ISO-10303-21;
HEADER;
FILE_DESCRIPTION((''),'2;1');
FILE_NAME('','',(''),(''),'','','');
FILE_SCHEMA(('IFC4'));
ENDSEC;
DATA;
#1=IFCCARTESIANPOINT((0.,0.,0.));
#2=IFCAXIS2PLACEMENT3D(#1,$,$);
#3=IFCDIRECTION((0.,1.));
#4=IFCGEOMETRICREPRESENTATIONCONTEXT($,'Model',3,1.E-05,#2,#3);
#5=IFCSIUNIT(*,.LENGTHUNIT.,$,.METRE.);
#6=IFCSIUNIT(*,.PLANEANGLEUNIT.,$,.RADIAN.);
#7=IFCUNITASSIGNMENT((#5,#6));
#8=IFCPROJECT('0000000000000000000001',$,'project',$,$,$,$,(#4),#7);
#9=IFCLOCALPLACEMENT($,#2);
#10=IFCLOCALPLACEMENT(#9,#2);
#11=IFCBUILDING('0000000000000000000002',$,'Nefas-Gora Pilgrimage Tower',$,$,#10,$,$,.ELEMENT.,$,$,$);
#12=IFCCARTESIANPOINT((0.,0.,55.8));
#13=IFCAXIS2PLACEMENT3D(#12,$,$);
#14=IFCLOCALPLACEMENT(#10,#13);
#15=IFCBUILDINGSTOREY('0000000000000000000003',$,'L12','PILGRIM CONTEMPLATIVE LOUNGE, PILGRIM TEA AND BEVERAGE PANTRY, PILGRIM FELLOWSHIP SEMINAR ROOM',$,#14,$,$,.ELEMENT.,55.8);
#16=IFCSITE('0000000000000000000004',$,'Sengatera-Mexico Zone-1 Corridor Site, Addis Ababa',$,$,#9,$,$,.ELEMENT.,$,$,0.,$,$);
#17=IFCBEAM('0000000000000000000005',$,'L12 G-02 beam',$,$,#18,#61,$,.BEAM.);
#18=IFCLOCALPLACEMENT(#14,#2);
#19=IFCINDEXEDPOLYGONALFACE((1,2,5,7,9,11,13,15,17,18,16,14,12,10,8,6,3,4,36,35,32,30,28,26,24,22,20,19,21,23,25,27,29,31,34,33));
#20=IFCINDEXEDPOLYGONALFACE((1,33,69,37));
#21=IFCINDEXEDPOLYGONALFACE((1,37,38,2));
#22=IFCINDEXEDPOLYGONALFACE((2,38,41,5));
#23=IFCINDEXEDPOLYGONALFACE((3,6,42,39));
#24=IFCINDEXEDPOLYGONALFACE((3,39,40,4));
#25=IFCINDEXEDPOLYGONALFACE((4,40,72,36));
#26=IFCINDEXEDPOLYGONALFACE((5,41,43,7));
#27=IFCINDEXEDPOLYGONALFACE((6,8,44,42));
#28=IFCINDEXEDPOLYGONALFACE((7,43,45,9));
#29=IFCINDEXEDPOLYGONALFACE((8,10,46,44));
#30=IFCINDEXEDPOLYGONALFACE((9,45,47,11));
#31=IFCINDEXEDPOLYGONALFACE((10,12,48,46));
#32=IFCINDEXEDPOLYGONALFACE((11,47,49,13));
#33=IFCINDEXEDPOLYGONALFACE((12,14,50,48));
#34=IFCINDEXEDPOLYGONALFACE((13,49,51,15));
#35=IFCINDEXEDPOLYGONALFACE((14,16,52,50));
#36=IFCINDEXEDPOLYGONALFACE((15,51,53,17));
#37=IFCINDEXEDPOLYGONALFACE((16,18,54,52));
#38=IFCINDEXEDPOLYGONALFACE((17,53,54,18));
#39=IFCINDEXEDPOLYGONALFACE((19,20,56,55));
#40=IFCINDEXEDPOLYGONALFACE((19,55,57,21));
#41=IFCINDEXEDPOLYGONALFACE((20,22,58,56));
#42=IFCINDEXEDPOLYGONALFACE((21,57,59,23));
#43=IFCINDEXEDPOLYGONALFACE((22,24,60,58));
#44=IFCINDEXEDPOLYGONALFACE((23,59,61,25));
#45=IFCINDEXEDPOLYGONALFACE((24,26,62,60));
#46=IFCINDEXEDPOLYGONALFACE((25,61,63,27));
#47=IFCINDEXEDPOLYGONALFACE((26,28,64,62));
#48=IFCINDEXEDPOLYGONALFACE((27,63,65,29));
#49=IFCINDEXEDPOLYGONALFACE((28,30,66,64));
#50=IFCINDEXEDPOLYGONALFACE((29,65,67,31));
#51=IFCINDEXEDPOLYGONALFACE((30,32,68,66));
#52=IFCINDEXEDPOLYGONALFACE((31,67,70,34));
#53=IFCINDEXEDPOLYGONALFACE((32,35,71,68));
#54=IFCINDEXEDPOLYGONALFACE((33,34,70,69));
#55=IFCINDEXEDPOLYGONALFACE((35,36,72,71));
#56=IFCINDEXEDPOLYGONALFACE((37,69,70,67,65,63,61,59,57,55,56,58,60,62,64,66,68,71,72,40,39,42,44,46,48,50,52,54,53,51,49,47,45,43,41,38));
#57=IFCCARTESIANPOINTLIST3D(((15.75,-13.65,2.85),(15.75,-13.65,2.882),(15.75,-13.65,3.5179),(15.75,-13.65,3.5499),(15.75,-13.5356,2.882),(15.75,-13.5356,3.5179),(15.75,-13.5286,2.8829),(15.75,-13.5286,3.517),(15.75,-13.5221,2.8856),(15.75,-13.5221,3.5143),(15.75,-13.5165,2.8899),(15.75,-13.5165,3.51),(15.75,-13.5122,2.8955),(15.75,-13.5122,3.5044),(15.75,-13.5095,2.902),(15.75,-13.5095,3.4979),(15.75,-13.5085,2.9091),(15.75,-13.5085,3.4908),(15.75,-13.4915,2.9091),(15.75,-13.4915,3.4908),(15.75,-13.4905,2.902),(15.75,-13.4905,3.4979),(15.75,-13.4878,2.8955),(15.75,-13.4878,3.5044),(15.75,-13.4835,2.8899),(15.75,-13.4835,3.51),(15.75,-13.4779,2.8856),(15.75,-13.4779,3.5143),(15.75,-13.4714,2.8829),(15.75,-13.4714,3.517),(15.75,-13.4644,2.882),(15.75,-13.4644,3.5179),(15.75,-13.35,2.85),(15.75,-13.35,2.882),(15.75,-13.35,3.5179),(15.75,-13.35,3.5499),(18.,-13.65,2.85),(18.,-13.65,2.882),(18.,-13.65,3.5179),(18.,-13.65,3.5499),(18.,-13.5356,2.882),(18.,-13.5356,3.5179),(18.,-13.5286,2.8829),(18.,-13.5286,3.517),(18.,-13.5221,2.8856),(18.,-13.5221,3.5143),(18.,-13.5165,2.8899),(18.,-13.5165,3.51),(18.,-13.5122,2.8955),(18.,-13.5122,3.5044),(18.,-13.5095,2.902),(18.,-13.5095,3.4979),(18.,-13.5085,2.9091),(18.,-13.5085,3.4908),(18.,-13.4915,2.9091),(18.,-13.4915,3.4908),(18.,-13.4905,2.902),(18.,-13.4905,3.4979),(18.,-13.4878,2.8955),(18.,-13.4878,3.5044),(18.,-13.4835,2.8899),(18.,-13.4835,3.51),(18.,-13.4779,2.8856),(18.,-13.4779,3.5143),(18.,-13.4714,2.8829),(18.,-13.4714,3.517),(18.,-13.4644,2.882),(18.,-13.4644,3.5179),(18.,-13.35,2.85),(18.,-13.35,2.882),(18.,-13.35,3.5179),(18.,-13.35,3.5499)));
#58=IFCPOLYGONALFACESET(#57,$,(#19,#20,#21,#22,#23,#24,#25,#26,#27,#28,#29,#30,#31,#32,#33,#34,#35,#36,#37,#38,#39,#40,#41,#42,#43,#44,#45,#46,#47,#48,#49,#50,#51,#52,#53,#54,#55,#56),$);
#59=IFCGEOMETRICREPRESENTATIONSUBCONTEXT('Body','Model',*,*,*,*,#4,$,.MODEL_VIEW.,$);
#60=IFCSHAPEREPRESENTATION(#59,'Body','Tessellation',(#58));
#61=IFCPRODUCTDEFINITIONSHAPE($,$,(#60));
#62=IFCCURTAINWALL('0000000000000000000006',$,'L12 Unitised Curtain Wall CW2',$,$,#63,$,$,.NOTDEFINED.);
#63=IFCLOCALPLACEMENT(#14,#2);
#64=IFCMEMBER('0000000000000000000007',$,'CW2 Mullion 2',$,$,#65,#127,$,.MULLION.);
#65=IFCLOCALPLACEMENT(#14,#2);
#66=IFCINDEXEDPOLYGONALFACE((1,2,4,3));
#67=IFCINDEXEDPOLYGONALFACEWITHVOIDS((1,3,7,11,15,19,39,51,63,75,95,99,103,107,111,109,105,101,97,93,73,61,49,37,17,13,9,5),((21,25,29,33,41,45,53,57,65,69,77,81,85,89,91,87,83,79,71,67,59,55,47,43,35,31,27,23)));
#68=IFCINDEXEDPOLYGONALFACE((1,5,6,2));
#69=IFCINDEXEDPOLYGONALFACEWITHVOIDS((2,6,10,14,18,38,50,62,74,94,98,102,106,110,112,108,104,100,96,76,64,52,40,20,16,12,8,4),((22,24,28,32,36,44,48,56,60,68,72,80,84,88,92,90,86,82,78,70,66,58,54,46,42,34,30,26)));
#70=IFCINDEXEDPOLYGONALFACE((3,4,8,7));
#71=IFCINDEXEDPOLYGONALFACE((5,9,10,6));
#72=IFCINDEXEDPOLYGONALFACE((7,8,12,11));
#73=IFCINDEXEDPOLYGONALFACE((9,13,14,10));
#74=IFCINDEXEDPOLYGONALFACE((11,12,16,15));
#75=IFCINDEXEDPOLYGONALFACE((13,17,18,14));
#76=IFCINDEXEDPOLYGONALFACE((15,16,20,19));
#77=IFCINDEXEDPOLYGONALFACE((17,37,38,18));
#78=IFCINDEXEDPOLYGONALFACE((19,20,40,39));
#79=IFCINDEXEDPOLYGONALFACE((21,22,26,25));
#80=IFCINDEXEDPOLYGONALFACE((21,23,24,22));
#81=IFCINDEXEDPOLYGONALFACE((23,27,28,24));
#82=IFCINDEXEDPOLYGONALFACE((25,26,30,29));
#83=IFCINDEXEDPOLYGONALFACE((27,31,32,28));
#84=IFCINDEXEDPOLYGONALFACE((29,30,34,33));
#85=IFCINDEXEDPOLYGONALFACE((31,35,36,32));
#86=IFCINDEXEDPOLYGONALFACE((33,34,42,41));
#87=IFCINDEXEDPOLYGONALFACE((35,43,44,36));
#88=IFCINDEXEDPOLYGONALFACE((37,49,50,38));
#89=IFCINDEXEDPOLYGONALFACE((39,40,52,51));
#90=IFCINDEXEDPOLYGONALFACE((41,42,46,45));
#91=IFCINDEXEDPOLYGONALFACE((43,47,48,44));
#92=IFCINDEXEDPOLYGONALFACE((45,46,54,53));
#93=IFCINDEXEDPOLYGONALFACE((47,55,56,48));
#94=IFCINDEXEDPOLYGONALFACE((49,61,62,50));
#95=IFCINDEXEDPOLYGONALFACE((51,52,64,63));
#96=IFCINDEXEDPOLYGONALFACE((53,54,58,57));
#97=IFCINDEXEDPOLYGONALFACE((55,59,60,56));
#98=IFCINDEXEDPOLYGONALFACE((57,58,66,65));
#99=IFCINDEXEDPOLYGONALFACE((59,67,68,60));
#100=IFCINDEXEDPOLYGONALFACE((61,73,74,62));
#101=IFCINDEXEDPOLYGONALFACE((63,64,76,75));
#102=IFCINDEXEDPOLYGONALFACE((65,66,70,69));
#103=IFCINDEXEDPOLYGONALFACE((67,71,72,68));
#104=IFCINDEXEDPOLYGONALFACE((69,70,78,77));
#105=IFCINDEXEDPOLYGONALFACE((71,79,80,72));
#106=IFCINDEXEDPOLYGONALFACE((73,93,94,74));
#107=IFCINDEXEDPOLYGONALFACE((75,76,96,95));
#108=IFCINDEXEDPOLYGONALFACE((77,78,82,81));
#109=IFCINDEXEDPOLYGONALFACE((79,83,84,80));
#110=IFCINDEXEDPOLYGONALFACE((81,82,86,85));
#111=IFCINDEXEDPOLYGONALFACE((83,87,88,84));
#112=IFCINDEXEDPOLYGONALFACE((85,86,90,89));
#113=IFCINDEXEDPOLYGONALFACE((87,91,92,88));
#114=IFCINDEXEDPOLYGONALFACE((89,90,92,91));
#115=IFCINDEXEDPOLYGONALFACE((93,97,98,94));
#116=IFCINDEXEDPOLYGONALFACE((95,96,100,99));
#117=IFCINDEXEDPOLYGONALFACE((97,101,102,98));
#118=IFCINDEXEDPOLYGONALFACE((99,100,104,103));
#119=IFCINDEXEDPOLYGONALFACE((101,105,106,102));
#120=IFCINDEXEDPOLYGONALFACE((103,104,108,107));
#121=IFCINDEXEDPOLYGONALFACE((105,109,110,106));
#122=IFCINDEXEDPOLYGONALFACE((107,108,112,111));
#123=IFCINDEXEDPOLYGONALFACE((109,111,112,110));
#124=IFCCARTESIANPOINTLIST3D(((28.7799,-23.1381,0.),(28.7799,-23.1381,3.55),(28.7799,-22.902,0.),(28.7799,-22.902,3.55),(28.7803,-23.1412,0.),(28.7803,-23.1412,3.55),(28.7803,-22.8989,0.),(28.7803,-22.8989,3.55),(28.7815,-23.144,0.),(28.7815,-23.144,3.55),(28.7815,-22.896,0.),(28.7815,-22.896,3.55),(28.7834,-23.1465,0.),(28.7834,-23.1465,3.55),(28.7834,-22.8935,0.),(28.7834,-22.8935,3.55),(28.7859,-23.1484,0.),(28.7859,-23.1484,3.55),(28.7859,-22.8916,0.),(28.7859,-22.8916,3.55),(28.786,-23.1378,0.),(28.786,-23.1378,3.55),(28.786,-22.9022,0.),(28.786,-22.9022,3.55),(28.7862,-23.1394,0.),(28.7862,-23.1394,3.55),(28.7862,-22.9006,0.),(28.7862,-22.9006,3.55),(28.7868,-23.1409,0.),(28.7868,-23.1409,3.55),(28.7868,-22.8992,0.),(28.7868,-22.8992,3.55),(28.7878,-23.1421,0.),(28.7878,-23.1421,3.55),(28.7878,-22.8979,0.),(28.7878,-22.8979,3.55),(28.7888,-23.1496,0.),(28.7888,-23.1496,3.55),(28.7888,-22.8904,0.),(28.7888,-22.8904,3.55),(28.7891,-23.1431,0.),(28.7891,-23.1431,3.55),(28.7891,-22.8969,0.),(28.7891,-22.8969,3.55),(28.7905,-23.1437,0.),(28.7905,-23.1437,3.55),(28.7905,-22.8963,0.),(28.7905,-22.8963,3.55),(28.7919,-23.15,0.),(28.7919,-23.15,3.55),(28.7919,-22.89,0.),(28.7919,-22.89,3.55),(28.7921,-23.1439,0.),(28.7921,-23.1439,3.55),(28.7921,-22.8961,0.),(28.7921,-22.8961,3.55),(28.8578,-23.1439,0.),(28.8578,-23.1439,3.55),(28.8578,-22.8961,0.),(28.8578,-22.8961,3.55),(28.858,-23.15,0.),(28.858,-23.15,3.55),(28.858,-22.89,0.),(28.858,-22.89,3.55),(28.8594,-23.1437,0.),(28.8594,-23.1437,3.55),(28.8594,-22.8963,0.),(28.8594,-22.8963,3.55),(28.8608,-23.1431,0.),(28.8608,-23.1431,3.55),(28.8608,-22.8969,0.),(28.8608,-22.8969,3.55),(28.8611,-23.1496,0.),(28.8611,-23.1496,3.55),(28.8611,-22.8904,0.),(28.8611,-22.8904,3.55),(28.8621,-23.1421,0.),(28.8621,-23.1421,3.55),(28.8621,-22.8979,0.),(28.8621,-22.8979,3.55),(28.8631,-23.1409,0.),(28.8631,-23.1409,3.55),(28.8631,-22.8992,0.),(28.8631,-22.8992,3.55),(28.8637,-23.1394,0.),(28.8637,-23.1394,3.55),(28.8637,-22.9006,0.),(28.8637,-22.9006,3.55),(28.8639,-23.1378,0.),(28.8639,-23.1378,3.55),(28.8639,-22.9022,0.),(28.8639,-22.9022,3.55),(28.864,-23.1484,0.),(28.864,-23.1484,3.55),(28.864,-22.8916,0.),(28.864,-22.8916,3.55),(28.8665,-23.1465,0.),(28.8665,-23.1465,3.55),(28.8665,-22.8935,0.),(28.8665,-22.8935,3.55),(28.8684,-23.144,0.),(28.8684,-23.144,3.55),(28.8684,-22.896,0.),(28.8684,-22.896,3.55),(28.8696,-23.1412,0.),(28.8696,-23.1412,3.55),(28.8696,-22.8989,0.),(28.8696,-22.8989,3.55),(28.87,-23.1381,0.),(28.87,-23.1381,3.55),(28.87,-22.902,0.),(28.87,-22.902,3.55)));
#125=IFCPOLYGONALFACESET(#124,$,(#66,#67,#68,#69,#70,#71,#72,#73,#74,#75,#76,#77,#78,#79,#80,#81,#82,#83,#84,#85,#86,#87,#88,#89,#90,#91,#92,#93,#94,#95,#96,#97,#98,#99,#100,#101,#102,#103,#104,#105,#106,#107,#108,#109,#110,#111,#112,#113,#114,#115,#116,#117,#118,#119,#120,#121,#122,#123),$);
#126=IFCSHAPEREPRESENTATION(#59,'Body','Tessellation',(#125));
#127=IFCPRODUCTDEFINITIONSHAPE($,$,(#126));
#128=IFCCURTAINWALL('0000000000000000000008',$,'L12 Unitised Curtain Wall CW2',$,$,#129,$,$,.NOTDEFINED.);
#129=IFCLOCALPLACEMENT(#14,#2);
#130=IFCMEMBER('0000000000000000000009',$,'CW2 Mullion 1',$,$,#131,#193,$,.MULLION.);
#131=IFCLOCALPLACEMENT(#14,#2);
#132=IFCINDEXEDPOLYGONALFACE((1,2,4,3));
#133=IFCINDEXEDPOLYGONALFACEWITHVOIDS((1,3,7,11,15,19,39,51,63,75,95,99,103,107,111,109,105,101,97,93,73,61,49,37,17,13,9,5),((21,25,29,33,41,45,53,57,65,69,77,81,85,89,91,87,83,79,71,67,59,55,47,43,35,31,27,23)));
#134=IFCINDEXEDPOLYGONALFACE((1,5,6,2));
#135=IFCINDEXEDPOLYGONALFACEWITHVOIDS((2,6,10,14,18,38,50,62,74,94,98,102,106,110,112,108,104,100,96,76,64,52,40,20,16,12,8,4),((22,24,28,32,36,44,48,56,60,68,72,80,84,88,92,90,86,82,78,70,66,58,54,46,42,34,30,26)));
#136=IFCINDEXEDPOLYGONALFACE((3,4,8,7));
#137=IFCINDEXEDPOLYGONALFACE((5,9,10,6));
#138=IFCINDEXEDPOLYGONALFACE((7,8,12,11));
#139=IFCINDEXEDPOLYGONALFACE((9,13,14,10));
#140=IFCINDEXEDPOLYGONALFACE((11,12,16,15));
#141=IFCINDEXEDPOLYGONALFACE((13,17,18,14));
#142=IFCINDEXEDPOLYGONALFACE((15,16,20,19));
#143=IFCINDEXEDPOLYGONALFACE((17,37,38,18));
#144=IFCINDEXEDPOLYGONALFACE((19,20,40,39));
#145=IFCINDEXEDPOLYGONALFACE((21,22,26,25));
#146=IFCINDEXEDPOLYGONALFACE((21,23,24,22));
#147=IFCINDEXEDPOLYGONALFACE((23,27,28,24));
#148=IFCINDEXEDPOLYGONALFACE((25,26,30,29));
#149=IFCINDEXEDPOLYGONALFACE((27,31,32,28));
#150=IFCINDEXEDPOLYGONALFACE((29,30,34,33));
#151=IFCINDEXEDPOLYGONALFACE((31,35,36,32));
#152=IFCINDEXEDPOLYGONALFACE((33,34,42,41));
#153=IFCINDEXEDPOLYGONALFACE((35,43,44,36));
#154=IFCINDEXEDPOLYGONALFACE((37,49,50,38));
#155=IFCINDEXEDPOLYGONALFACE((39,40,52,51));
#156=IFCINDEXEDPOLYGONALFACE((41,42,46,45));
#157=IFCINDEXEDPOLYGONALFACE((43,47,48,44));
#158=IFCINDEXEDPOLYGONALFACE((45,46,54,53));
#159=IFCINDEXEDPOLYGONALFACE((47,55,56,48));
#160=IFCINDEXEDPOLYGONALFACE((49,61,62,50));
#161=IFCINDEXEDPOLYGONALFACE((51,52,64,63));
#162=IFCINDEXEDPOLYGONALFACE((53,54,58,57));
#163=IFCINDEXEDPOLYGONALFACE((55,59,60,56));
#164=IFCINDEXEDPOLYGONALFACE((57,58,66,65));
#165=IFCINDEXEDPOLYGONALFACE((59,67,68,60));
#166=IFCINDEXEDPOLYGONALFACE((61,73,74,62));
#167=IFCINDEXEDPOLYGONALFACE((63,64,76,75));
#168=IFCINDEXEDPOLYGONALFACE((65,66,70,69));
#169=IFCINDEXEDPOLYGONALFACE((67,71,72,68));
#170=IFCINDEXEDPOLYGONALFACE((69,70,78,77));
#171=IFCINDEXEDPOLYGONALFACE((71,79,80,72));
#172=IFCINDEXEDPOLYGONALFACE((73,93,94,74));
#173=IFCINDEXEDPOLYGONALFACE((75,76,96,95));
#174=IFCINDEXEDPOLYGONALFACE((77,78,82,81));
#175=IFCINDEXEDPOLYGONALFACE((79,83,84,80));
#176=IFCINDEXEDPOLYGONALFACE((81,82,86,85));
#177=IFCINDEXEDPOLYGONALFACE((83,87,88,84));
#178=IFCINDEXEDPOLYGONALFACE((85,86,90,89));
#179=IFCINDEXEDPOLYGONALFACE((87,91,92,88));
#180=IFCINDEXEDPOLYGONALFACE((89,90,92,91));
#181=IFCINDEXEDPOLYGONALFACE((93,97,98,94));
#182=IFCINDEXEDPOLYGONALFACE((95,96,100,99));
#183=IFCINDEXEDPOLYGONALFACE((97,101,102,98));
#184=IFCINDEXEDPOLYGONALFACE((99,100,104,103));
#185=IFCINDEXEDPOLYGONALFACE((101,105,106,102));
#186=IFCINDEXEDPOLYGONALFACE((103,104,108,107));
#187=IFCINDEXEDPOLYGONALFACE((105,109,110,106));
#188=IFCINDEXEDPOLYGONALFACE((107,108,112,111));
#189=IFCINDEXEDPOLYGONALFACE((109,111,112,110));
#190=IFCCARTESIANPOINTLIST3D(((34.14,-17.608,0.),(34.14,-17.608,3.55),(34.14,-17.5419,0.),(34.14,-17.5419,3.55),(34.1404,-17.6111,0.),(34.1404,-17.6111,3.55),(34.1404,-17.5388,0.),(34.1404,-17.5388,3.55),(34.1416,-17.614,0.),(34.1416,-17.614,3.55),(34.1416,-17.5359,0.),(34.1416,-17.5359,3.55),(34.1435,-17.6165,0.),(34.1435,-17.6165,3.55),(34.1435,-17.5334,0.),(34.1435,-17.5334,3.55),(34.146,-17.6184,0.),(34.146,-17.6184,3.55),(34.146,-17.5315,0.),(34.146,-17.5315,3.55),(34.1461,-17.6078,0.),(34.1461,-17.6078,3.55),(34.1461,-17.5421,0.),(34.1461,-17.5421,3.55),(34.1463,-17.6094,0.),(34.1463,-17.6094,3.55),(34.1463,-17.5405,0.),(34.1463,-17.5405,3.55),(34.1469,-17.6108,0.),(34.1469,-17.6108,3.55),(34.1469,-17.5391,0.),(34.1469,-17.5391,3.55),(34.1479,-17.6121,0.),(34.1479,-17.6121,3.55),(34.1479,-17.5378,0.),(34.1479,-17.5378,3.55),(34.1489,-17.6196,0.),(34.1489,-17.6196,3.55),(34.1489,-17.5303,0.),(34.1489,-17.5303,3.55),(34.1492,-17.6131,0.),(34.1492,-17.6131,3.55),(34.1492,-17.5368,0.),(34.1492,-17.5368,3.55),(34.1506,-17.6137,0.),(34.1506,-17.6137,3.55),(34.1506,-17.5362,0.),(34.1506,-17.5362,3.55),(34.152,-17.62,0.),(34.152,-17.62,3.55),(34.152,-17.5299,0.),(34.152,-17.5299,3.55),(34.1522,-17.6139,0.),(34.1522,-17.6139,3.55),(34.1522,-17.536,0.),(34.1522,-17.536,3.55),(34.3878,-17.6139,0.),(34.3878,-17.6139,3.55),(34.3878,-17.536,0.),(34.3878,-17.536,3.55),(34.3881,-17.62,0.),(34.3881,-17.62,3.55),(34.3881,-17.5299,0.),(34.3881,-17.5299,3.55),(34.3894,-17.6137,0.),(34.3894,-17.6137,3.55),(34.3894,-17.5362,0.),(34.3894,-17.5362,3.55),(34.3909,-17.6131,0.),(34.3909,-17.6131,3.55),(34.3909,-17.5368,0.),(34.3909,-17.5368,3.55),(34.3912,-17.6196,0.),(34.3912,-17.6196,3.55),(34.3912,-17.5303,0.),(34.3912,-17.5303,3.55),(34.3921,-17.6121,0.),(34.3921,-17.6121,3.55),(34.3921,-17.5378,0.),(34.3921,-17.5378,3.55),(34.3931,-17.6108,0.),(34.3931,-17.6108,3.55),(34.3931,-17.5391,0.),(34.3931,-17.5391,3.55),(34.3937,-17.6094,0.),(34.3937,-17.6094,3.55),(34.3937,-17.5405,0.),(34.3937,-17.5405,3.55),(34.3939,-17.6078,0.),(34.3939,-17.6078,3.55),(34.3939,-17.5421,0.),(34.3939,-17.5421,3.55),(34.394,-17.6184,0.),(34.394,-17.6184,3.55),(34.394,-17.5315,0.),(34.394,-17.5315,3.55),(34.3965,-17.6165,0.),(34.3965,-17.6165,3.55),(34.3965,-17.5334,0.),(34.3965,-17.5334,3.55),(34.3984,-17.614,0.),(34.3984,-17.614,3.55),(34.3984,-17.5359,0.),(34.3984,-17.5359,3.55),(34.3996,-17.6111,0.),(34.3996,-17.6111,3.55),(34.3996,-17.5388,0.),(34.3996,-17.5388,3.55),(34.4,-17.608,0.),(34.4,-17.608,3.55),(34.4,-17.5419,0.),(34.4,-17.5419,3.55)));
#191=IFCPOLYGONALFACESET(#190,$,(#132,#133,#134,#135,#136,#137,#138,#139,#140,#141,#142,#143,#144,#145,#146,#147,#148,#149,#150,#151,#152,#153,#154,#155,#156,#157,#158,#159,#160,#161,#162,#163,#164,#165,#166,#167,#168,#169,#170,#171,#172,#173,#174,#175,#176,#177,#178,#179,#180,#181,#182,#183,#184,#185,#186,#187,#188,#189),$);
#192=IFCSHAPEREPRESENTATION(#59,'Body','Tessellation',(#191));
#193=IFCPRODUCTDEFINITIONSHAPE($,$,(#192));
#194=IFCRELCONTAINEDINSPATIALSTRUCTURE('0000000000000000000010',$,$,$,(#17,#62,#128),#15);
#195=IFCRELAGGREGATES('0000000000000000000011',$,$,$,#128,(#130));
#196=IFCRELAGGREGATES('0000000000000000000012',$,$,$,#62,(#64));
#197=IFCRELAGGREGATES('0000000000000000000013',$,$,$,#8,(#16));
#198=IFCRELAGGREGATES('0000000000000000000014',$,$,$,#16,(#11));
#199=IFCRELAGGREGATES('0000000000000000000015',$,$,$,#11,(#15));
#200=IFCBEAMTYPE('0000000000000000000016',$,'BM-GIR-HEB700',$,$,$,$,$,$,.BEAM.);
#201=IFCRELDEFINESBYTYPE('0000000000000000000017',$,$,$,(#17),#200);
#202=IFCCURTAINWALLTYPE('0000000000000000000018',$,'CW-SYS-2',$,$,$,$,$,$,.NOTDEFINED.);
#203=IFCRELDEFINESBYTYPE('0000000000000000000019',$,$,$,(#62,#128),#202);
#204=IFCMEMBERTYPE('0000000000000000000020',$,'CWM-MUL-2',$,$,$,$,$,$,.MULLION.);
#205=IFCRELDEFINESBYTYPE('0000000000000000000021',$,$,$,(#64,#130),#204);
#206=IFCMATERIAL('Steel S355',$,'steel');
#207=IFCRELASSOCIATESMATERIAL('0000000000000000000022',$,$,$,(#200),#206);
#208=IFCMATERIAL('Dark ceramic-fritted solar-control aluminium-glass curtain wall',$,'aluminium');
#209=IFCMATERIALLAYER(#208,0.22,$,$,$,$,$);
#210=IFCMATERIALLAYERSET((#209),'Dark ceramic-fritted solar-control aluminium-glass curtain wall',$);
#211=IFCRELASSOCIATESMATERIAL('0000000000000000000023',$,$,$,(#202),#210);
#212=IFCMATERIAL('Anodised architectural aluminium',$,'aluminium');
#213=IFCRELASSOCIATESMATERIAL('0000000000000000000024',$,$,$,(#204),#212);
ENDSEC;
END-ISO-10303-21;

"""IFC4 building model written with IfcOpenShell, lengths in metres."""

from ifc_helpers import new_model, si_unit, direction, frame, origin, origin_2d, place, context, subcontext, project, spatial, hollow_rectangle, i_section, extrude, source, transform, mapped, material, layer, layer_set, material_profile, profile_set, type_object, element, aggregate, save


model = new_model("IFC4")

# Units and contexts
model_context = context("Model", 3, precision=1e-05, world=origin(), true_north=direction((0.0, 1.0)))
body_context = subcontext(model_context, "Body", "Model", "MODEL_VIEW")
ifc_project = project(units=[si_unit("LENGTHUNIT", "METRE"), si_unit("PLANEANGLEUNIT", "RADIAN")], contexts=[model_context])

# Site, building, storey
site_placement = place(None, origin())
site = spatial("IfcSite", under=ifc_project, at=site_placement, Name="Sengatera-Mexico Zone-1 Corridor Site, Addis Ababa", CompositionType="ELEMENT", RefElevation=0.0)
building_placement = place(site_placement, origin())
building = spatial("IfcBuilding", under=site, at=building_placement, Name="Nefas-Gora Pilgrimage Tower", CompositionType="ELEMENT")
storey_placement = place(building_placement, frame((0.0, 0.0, 55.8)))
storey = spatial("IfcBuildingStorey", under=building, at=storey_placement, Name="L12", Description="PILGRIM CONTEMPLATIVE LOUNGE, PILGRIM TEA AND BEVERAGE PANTRY, PILGRIM FELLOWSHIP SEMINAR ROOM", CompositionType="ELEMENT", Elevation=55.8)

# Beam
ifc_material_1 = material(Name="Steel S355", Category="steel")
ifc_material_profile_1 = material_profile(ifc_material_1, i_section(OverallWidth=0.3, OverallDepth=0.7, WebThickness=0.0171, FlangeThickness=0.032, FilletRadius=0.0271, at=origin_2d()), Name="HEB 700")
ifc_profile_set_1 = profile_set([ifc_material_profile_1], Name="Steel S355")
beam_type_1 = type_object("IfcBeamType", Name="BM-GIR-HEB700", PredefinedType="BEAM", material=ifc_profile_set_1)
shared_shape_1 = source(origin(), body_context, "Body", "SweptSolid", [
    extrude(i_section(OverallWidth=0.3, OverallDepth=0.7, WebThickness=0.0171, FlangeThickness=0.032, FilletRadius=0.0271, at=origin_2d()), origin(), (0.0, 0.0, 1.0), 2.25),
])
beam_1_placement = place(storey_placement, frame((15.75, -13.5, 3.2), z_axis=(1.0, 0.0, 0.0), x_axis=(0.0, 1.0, 0.0)))
element("IfcBeam", 1, at=beam_1_placement, inside=storey, type_object=beam_type_1, Name="L12 G-02 beam", PredefinedType="BEAM", context=body_context, shape_type="MappedRepresentation", body=[
    mapped(shared_shape_1, transform((0.0, 0.0, 0.0), x_axis=(1.0, 0.0, 0.0), y_axis=(0.0, 1.0, 0.0), z_axis=(0.0, 0.0, 1.0), scale=1.0)),
])

# Curtain wall, member
ifc_material_2 = material(Name="Dark ceramic-fritted solar-control aluminium-glass curtain wall", Category="aluminium")
ifc_layer_1 = layer(ifc_material_2, 0.22)
ifc_layer_set_1 = layer_set([ifc_layer_1], Name="Dark ceramic-fritted solar-control aluminium-glass curtain wall")
curtain_wall_type = type_object("IfcCurtainWallType", Name="CW-SYS-2", PredefinedType="NOTDEFINED", material=ifc_layer_set_1)
curtain_wall_1_placement = place(storey_placement, origin())
curtain_wall_1 = element("IfcCurtainWall", 2, at=curtain_wall_1_placement, inside=storey, type_object=curtain_wall_type, Name="L12 Unitised Curtain Wall CW2", PredefinedType="NOTDEFINED")
ifc_material_3 = material(Name="Anodised architectural aluminium", Category="aluminium")
ifc_material_profile_2 = material_profile(ifc_material_3, hollow_rectangle(XDim=0.0901, YDim=0.26, WallThickness=0.0061, InnerFilletRadius=0.0061, OuterFilletRadius=0.012, at=origin_2d()), Name="ALU MULLION 90x260")
ifc_profile_set_2 = profile_set([ifc_material_profile_2], Name="Anodised architectural aluminium")
member_type_1 = type_object("IfcMemberType", Name="CWM-MUL-2", PredefinedType="MULLION", material=ifc_profile_set_2)
shared_shape_2 = source(origin(), body_context, "Body", "SweptSolid", [
    extrude(hollow_rectangle(XDim=0.0901, YDim=0.26, WallThickness=0.0061, InnerFilletRadius=0.0061, OuterFilletRadius=0.012, at=origin_2d()), origin(), (0.0, 0.0, 1.0), 3.55),
])
member_1_placement = place(storey_placement, frame((28.825, -23.02, 0.0), z_axis=(0.0, 0.0, 1.0), x_axis=(1.0, 0.0, 0.0)))
member_1 = element("IfcMember", 3, at=member_1_placement, type_object=member_type_1, Name="CW2 Mullion 2", PredefinedType="MULLION", context=body_context, shape_type="MappedRepresentation", body=[
    mapped(shared_shape_2, transform((0.0, 0.0, 0.0), x_axis=(1.0, 0.0, 0.0), y_axis=(0.0, 1.0, 0.0), z_axis=(0.0, 0.0, 1.0), scale=1.0)),
])

# Curtain wall, member
curtain_wall_2_placement = place(storey_placement, origin())
curtain_wall_2 = element("IfcCurtainWall", 4, at=curtain_wall_2_placement, inside=storey, type_object=curtain_wall_type, Name="L12 Unitised Curtain Wall CW2", PredefinedType="NOTDEFINED")
member_2_placement = place(storey_placement, frame((34.27, -17.575, 0.0), z_axis=(0.0, 0.0, 1.0), x_axis=(0.0, 1.0, 0.0)))
member_2 = element("IfcMember", 5, at=member_2_placement, type_object=member_type_1, Name="CW2 Mullion 1", PredefinedType="MULLION", context=body_context, shape_type="MappedRepresentation", body=[
    mapped(shared_shape_2, transform((0.0, 0.0, 0.0), x_axis=(1.0, 0.0, 0.0), y_axis=(0.0, 1.0, 0.0), z_axis=(0.0, 0.0, 1.0), scale=1.0)),
])
aggregate(curtain_wall_2, [member_2])

aggregate(curtain_wall_1, [member_1])

save(model, "model.ifc")
